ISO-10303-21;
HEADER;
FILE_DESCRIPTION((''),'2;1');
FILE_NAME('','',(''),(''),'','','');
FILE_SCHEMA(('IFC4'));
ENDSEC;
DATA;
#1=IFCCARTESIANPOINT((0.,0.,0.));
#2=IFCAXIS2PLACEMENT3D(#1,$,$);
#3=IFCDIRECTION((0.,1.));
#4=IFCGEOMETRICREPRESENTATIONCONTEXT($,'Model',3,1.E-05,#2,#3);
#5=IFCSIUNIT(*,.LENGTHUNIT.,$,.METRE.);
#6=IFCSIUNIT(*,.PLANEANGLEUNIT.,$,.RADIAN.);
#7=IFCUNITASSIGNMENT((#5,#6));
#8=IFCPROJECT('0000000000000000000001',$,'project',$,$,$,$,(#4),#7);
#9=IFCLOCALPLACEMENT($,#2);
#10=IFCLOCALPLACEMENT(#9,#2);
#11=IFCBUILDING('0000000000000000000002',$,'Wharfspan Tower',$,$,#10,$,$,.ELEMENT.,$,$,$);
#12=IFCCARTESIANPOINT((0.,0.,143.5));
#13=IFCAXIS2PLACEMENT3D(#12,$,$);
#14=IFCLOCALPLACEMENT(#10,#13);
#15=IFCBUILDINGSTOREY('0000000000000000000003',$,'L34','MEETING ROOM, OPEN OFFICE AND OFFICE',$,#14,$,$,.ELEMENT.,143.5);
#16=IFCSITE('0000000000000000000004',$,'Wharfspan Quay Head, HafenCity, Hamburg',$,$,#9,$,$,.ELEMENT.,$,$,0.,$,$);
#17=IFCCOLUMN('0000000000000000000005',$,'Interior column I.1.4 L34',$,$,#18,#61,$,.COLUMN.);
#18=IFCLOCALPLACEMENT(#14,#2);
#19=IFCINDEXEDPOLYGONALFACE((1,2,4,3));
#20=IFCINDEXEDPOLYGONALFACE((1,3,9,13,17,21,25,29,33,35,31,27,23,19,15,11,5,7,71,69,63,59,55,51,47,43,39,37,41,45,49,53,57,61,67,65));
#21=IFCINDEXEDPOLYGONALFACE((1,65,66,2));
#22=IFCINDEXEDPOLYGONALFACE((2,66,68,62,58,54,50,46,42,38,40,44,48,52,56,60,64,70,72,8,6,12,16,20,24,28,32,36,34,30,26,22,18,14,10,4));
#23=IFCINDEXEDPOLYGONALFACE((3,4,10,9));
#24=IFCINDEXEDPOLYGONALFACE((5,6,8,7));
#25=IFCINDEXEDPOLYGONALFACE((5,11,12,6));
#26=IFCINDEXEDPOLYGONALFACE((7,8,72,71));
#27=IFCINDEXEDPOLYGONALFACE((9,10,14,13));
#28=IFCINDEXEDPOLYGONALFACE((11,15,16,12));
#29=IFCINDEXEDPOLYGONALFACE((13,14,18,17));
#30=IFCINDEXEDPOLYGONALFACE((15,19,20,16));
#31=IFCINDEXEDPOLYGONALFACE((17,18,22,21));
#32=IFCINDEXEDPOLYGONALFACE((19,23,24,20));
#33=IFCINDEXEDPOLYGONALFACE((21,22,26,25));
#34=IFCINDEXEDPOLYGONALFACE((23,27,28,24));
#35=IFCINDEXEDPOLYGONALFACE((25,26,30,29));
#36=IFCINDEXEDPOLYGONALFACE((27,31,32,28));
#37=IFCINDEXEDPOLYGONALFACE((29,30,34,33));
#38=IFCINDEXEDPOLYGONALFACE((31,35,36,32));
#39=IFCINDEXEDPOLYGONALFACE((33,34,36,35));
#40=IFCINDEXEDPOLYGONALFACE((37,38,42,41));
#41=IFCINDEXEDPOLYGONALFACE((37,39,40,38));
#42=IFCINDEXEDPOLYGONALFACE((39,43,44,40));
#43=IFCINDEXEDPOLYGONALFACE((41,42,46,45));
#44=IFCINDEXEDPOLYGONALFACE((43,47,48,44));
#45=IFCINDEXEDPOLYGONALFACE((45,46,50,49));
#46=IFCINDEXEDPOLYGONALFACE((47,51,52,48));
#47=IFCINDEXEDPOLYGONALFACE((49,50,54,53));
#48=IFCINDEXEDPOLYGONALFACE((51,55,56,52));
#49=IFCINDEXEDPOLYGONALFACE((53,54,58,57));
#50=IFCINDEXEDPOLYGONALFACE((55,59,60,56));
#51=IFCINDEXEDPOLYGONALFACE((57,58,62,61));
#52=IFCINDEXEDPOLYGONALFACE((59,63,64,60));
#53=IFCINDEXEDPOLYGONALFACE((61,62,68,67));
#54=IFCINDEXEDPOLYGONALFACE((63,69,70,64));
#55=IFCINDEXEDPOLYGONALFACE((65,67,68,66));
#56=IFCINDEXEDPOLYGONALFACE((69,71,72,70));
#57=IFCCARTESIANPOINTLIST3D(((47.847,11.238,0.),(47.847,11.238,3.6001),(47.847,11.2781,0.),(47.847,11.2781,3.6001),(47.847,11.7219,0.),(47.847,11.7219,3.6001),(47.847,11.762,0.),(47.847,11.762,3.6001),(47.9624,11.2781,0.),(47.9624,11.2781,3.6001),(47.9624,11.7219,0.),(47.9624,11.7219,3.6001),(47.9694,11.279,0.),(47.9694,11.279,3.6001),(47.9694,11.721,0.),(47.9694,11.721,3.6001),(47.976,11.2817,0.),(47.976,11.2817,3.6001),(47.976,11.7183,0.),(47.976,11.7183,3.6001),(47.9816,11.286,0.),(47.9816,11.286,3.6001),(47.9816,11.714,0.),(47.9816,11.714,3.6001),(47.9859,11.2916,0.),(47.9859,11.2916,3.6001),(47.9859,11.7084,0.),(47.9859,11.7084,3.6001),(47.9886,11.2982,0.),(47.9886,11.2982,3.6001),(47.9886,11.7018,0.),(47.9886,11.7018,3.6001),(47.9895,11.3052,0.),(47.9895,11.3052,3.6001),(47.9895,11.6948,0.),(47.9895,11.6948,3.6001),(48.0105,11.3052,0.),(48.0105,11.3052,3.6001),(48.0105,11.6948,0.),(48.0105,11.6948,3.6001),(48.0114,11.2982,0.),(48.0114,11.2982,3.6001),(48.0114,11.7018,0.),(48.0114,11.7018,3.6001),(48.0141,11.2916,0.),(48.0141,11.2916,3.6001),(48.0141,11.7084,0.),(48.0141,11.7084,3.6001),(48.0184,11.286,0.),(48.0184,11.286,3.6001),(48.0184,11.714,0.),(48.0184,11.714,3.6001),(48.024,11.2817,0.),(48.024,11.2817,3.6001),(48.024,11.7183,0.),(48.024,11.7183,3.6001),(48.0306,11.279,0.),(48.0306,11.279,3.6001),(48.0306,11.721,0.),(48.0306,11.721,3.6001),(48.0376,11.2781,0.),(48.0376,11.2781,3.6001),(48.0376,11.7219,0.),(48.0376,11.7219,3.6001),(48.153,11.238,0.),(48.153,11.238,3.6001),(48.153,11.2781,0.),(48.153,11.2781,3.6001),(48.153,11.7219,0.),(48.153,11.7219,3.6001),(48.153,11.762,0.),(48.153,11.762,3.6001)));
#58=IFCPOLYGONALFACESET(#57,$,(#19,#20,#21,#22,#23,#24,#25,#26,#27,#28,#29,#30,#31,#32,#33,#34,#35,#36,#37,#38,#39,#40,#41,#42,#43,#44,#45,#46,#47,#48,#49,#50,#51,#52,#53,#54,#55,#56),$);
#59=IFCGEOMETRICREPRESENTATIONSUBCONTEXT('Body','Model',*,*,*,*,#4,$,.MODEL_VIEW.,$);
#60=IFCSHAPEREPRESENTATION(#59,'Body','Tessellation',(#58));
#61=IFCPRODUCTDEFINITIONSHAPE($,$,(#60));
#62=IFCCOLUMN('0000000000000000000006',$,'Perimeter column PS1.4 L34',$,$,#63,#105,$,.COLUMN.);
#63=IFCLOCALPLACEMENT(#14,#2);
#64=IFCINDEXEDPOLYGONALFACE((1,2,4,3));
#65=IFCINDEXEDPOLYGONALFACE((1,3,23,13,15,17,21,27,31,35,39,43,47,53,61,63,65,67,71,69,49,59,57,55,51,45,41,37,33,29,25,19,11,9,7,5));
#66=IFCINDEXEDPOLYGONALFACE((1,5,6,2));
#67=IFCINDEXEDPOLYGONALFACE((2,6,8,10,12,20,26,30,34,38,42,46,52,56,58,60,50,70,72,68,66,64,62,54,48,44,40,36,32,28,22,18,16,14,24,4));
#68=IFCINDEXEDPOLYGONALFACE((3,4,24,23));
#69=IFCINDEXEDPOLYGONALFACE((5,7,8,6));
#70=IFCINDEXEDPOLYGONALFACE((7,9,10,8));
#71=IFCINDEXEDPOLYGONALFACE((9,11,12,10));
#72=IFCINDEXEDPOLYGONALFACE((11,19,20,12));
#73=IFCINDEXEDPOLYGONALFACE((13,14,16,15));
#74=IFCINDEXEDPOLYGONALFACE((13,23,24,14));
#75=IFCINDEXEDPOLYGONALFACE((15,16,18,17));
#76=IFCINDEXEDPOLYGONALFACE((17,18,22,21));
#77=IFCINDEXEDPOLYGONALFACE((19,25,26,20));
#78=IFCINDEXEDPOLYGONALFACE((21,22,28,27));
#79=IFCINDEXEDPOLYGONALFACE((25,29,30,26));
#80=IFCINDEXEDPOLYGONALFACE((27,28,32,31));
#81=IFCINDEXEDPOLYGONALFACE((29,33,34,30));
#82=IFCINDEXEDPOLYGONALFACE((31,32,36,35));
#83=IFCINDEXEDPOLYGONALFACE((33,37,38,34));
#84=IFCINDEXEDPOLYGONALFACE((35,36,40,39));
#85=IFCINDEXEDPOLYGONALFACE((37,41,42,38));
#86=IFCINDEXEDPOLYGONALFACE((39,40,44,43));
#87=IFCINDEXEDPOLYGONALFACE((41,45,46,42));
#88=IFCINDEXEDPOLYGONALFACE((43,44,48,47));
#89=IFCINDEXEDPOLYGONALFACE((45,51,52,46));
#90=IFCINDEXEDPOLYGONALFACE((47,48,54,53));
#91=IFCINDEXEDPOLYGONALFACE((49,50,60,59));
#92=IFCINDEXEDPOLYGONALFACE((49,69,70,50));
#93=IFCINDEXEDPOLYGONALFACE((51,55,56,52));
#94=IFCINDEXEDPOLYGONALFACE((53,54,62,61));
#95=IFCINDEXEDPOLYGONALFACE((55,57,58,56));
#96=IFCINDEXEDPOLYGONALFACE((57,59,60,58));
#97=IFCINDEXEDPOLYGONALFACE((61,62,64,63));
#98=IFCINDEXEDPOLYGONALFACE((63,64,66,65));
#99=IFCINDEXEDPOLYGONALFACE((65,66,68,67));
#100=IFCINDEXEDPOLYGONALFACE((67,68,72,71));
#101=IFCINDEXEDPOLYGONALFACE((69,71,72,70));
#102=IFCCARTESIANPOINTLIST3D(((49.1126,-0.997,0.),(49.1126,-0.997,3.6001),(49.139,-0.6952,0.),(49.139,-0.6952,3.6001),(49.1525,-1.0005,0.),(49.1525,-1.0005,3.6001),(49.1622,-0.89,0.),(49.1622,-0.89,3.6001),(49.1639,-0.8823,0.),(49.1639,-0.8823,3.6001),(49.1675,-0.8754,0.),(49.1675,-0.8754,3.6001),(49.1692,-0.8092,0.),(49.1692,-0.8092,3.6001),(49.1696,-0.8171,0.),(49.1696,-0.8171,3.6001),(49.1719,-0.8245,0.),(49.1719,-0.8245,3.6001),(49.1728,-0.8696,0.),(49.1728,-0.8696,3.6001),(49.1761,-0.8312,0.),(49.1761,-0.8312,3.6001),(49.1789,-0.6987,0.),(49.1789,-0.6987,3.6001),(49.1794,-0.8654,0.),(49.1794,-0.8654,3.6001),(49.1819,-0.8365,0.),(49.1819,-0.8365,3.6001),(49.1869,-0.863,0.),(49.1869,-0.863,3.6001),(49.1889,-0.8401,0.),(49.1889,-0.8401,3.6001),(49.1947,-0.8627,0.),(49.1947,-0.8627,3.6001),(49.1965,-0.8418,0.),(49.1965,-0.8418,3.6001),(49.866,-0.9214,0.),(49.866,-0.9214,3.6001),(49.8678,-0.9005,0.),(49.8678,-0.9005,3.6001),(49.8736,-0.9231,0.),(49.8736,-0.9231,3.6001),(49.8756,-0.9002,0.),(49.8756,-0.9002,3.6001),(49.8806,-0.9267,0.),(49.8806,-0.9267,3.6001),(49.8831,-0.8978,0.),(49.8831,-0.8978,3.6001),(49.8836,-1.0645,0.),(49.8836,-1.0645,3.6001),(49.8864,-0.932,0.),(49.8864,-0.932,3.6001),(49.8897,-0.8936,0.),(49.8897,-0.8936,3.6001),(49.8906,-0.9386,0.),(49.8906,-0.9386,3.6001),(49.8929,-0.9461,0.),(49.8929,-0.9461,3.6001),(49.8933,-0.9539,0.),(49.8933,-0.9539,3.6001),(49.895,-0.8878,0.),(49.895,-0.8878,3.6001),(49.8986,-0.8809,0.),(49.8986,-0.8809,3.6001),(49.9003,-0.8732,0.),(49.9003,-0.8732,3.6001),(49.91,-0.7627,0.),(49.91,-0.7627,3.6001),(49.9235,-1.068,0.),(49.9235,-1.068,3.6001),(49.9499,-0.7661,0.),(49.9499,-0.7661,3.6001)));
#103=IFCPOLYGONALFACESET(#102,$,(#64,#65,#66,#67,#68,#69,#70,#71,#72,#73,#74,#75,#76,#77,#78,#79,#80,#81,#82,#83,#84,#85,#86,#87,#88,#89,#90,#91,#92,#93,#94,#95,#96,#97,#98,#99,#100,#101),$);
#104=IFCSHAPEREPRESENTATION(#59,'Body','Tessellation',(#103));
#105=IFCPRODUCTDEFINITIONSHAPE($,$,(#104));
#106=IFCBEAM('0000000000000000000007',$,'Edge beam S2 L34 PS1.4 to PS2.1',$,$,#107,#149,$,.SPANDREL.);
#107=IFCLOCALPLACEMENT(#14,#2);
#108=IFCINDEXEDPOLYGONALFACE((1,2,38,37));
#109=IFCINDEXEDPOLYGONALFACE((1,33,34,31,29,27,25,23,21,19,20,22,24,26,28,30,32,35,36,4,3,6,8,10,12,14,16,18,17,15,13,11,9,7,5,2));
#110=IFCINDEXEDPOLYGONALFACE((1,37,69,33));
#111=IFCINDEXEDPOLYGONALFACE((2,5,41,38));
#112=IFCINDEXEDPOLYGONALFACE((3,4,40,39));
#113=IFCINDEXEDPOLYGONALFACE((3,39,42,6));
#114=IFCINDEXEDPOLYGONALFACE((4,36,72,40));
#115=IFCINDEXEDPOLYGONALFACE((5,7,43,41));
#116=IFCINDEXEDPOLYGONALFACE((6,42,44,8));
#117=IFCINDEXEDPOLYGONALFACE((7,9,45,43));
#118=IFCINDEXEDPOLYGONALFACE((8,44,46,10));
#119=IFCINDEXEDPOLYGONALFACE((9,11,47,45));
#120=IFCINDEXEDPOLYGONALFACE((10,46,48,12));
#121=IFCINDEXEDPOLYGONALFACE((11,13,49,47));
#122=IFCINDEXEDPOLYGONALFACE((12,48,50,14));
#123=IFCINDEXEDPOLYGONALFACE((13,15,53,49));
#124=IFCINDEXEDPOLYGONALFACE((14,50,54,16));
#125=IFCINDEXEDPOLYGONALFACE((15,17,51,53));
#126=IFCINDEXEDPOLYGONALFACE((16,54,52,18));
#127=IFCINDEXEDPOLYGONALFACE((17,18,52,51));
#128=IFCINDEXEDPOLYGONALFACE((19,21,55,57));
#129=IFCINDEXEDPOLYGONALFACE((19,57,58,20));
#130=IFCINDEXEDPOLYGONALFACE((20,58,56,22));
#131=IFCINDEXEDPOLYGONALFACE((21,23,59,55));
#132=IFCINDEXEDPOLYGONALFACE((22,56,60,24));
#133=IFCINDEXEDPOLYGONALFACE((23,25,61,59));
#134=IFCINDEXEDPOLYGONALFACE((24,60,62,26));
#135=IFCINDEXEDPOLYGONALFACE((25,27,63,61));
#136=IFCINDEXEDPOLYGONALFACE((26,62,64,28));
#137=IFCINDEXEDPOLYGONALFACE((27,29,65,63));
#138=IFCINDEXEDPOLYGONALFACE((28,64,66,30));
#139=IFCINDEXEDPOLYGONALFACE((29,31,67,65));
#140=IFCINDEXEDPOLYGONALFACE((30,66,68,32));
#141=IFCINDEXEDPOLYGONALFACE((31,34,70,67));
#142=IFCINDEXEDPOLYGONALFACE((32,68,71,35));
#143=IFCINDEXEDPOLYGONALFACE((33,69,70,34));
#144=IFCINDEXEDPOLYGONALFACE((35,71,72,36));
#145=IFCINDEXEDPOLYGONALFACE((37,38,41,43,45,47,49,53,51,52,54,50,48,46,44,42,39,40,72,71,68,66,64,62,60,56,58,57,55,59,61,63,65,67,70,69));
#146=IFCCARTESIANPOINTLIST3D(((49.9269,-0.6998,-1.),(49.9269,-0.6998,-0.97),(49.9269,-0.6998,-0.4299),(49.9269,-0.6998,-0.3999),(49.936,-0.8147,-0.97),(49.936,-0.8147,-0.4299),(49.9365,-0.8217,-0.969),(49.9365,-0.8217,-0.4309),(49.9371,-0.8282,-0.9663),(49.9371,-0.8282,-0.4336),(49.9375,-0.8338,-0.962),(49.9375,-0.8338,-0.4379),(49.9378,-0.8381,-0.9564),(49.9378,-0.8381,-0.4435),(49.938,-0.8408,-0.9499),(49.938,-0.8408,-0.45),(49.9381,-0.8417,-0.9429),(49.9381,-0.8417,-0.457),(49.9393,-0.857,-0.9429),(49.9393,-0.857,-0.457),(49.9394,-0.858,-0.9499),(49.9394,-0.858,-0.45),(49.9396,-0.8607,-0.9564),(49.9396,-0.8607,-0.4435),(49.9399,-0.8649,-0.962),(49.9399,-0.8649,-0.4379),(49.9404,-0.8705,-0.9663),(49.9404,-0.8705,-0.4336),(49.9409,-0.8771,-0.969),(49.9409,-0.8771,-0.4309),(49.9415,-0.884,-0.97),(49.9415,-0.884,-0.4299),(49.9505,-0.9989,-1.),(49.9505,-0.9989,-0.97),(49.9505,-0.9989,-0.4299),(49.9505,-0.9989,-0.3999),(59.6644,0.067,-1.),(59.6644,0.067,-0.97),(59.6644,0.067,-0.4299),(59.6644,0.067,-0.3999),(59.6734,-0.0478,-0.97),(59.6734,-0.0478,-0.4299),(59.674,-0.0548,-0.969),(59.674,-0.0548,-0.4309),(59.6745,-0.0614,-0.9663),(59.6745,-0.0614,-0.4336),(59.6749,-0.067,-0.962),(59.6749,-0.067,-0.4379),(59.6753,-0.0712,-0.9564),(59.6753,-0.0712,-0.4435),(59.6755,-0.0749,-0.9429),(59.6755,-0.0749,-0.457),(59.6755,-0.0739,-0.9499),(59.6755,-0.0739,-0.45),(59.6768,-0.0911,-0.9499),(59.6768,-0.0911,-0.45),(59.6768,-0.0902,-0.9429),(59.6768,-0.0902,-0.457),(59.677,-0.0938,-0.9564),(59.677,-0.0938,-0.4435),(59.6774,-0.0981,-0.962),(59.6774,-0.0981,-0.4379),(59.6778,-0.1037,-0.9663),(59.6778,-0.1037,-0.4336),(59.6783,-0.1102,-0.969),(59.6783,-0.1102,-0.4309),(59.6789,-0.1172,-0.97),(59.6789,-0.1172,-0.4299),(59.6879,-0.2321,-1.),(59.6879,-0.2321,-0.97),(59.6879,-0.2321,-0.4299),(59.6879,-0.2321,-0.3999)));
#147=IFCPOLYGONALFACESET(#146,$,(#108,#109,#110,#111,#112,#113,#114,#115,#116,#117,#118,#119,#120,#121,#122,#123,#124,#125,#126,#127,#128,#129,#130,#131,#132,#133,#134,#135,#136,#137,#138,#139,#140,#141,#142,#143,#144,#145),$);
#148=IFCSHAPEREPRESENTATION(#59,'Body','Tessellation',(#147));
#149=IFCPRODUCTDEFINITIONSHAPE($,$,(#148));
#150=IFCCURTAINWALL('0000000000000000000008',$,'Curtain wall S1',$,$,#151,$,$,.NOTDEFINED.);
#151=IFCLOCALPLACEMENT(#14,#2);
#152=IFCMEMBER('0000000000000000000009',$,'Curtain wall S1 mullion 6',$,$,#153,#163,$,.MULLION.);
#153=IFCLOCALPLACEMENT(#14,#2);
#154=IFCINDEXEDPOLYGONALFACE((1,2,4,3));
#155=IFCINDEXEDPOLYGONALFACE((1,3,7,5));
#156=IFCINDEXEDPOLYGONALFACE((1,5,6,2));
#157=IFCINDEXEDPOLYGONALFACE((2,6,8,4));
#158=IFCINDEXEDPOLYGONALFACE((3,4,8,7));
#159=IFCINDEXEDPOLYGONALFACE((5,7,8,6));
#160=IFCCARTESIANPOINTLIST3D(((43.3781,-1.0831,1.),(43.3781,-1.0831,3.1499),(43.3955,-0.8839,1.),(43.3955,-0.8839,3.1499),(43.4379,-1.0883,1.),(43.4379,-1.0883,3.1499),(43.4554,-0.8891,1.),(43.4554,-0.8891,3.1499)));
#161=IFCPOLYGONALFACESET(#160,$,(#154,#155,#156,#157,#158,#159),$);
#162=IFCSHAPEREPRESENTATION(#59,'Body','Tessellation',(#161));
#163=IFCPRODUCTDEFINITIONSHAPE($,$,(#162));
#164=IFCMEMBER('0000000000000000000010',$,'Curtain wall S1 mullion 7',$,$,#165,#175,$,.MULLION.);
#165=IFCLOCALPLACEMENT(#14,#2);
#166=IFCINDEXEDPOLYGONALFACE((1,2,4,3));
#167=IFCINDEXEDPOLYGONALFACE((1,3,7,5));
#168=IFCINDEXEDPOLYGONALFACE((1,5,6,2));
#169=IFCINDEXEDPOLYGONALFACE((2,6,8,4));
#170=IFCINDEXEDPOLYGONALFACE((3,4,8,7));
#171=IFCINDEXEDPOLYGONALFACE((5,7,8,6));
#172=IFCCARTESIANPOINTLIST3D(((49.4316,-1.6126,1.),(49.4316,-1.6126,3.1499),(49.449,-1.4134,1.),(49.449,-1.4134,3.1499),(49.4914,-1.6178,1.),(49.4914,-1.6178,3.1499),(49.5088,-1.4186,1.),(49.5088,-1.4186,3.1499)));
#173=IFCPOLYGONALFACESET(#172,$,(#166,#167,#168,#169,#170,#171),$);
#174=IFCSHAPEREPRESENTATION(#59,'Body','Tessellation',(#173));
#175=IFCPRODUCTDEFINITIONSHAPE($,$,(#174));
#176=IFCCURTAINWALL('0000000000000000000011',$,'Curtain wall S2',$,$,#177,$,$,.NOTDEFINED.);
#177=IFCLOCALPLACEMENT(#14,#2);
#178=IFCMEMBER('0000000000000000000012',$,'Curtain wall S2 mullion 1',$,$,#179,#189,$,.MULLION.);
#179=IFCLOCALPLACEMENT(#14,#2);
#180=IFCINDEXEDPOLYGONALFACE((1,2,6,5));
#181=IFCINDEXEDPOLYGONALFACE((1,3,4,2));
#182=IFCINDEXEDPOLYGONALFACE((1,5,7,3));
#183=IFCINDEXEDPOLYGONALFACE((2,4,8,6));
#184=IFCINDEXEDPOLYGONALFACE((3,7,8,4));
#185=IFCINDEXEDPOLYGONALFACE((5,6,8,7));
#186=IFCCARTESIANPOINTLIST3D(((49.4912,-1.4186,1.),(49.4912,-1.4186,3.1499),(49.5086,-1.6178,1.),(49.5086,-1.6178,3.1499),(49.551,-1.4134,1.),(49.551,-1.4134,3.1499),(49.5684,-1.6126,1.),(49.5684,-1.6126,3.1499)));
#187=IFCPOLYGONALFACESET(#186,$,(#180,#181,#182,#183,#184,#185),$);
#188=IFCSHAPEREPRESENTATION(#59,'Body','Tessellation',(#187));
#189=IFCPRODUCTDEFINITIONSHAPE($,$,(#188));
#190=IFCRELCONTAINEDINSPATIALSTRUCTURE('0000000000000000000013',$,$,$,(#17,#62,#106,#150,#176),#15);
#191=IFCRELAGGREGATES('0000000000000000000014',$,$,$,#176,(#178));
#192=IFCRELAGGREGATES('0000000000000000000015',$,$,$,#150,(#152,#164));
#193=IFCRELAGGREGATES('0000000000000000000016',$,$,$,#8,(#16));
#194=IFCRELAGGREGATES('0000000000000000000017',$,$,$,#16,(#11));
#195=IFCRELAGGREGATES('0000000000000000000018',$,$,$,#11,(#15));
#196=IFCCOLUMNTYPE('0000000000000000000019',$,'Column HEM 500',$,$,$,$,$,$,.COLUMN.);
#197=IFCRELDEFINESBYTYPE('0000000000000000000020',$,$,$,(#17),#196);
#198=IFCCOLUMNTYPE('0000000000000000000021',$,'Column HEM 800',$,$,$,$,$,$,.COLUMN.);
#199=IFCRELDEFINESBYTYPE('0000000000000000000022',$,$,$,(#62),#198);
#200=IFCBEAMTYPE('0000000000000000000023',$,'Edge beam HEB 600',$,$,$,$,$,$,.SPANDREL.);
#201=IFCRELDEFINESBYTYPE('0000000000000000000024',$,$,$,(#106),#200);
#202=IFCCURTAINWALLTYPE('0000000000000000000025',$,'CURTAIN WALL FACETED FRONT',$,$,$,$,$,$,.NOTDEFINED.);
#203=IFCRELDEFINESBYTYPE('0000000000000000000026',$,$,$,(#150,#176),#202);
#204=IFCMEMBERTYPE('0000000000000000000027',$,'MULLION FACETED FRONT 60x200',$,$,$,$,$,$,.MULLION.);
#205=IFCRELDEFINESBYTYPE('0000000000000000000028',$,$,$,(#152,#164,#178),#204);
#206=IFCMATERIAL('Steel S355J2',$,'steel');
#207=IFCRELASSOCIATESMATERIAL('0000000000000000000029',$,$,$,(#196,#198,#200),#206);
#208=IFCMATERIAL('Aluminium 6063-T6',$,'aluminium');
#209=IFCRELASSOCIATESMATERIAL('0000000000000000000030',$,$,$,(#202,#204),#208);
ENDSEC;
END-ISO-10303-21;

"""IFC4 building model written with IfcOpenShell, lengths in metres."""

from ifc_helpers import new_model, si_unit, direction, frame, origin, origin_2d, place, context, subcontext, project, spatial, rectangle, i_section, extrude, material, material_profile, profile_set, type_object, element, aggregate, save


model = new_model("IFC4")

# Units and contexts
model_context = context("Model", 3, precision=1e-05, world=origin(), true_north=direction((0.0, 1.0)))
body_context = subcontext(model_context, "Body", "Model", "MODEL_VIEW")
ifc_project = project(units=[si_unit("LENGTHUNIT", "METRE"), si_unit("PLANEANGLEUNIT", "RADIAN")], contexts=[model_context])

# Site, building, storey
site_placement = place(None, origin())
site = spatial("IfcSite", under=ifc_project, at=site_placement, Name="Wharfspan Quay Head, HafenCity, Hamburg", CompositionType="ELEMENT", RefElevation=0.0)
building_placement = place(site_placement, origin())
building = spatial("IfcBuilding", under=site, at=building_placement, Name="Wharfspan Tower", CompositionType="ELEMENT")
storey_placement = place(building_placement, frame((0.0, 0.0, 143.5)))
storey = spatial("IfcBuildingStorey", under=building, at=storey_placement, Name="L34", Description="MEETING ROOM, OPEN OFFICE AND OFFICE", CompositionType="ELEMENT", Elevation=143.5)

# Columns
ifc_material_1 = material(Name="Steel S355J2", Category="steel")
ifc_material_profile_1 = material_profile(ifc_material_1, i_section(OverallWidth=0.3059, OverallDepth=0.5239, WebThickness=0.021, FlangeThickness=0.04, FilletRadius=0.0271, at=origin_2d()))
ifc_profile_set_1 = profile_set([ifc_material_profile_1], Name="Steel S355J2")
column_type_1 = type_object("IfcColumnType", Name="Column HEM 500", PredefinedType="COLUMN", material=ifc_profile_set_1)
column_1_placement = place(storey_placement, frame((48.0, 11.5, 0.0), z_axis=(0.0, 0.0, 1.0), x_axis=(1.0, 0.0, 0.0)))
element("IfcColumn", 1, at=column_1_placement, inside=storey, type_object=column_type_1, Name="Interior column I.1.4 L34", PredefinedType="COLUMN", context=body_context, shape_type="SweptSolid", body=[
    extrude(i_section(OverallWidth=0.3059, OverallDepth=0.5239, WebThickness=0.021, FlangeThickness=0.04, FilletRadius=0.0271, at=origin_2d()), origin(), (0.0, 0.0, 1.0), 3.6001),
])
ifc_material_profile_2 = material_profile(ifc_material_1, i_section(OverallWidth=0.303, OverallDepth=0.814, WebThickness=0.021, FlangeThickness=0.04, FilletRadius=0.03, at=origin_2d()))
ifc_profile_set_2 = profile_set([ifc_material_profile_2], Name="Steel S355J2")
column_type_2 = type_object("IfcColumnType", Name="Column HEM 800", PredefinedType="COLUMN", material=ifc_profile_set_2)
column_2_placement = place(storey_placement, frame((49.5312, -0.8816, 0.0), z_axis=(0.0, 0.0, 1.0), x_axis=(-0.087156, -0.996198, 0.0)))
element("IfcColumn", 2, at=column_2_placement, inside=storey, type_object=column_type_2, Name="Perimeter column PS1.4 L34", PredefinedType="COLUMN", context=body_context, shape_type="SweptSolid", body=[
    extrude(i_section(OverallWidth=0.303, OverallDepth=0.814, WebThickness=0.021, FlangeThickness=0.04, FilletRadius=0.03, at=origin_2d()), origin(), (0.0, 0.0, 1.0), 3.6001),
])

# Beam
ifc_material_profile_3 = material_profile(ifc_material_1, i_section(OverallWidth=0.3, OverallDepth=0.6001, WebThickness=0.0154, FlangeThickness=0.03, FilletRadius=0.0271, at=origin_2d()))
ifc_profile_set_3 = profile_set([ifc_material_profile_3], Name="Steel S355J2")
beam_type = type_object("IfcBeamType", Name="Edge beam HEB 600", PredefinedType="SPANDREL", material=ifc_profile_set_3)
beam_placement = place(storey_placement, frame((49.9387, -0.8494, -0.7), z_axis=(0.996913, 0.078508, 0.0), x_axis=(-0.078508, 0.996913, 0.0)))
element("IfcBeam", 3, at=beam_placement, inside=storey, type_object=beam_type, Name="Edge beam S2 L34 PS1.4 to PS2.1", PredefinedType="SPANDREL", context=body_context, shape_type="SweptSolid", body=[
    extrude(i_section(OverallWidth=0.3, OverallDepth=0.6001, WebThickness=0.0154, FlangeThickness=0.03, FilletRadius=0.0271, at=origin_2d()), origin(), (0.0, 0.0, 1.0), 9.7676),
])

# Curtain wall, members
ifc_material_2 = material(Name="Aluminium 6063-T6", Category="aluminium")
curtain_wall_type = type_object("IfcCurtainWallType", Name="CURTAIN WALL FACETED FRONT", PredefinedType="NOTDEFINED", material=ifc_material_2)
curtain_wall_1_placement = place(storey_placement, origin())
curtain_wall_1 = element("IfcCurtainWall", 4, at=curtain_wall_1_placement, inside=storey, type_object=curtain_wall_type, Name="Curtain wall S1", PredefinedType="NOTDEFINED")
ifc_material_profile_4 = material_profile(ifc_material_2, rectangle(XDim=0.2, YDim=0.0601, at=origin_2d()))
ifc_profile_set_4 = profile_set([ifc_material_profile_4], Name="Aluminium 6063-T6")
member_type_1 = type_object("IfcMemberType", Name="MULLION FACETED FRONT 60x200", PredefinedType="MULLION", material=ifc_profile_set_4)
member_1_placement = place(storey_placement, frame((43.4167, -0.9861, 1.0), z_axis=(0.0, 0.0, 1.0), x_axis=(0.087156, 0.996198, 0.0)))
member_1 = element("IfcMember", 5, at=member_1_placement, type_object=member_type_1, Name="Curtain wall S1 mullion 6", PredefinedType="MULLION", context=body_context, shape_type="SweptSolid", body=[
    extrude(rectangle(XDim=0.2, YDim=0.0601, at=origin_2d()), origin(), (0.0, 0.0, 1.0), 2.1499),
])
member_2_placement = place(storey_placement, frame((49.4702, -1.5156, 1.0), z_axis=(0.0, 0.0, 1.0), x_axis=(0.087156, 0.996198, 0.0)))
member_2 = element("IfcMember", 6, at=member_2_placement, type_object=member_type_1, Name="Curtain wall S1 mullion 7", PredefinedType="MULLION", context=body_context, shape_type="SweptSolid", body=[
    extrude(rectangle(XDim=0.2, YDim=0.0601, at=origin_2d()), origin(), (0.0, 0.0, 1.0), 2.1499),
])

# Curtain wall, member
curtain_wall_2_placement = place(storey_placement, origin())
curtain_wall_2 = element("IfcCurtainWall", 7, at=curtain_wall_2_placement, inside=storey, type_object=curtain_wall_type, Name="Curtain wall S2", PredefinedType="NOTDEFINED")
member_3_placement = place(storey_placement, frame((49.5298, -1.5156, 1.0), z_axis=(0.0, 0.0, 1.0), x_axis=(-0.087156, 0.996198, 0.0)))
member_3 = element("IfcMember", 8, at=member_3_placement, type_object=member_type_1, Name="Curtain wall S2 mullion 1", PredefinedType="MULLION", context=body_context, shape_type="SweptSolid", body=[
    extrude(rectangle(XDim=0.2, YDim=0.0601, at=origin_2d()), origin(), (0.0, 0.0, 1.0), 2.1499),
])

aggregate(curtain_wall_2, [member_3])

aggregate(curtain_wall_1, [member_1, member_2])

save(model, "model.ifc")
